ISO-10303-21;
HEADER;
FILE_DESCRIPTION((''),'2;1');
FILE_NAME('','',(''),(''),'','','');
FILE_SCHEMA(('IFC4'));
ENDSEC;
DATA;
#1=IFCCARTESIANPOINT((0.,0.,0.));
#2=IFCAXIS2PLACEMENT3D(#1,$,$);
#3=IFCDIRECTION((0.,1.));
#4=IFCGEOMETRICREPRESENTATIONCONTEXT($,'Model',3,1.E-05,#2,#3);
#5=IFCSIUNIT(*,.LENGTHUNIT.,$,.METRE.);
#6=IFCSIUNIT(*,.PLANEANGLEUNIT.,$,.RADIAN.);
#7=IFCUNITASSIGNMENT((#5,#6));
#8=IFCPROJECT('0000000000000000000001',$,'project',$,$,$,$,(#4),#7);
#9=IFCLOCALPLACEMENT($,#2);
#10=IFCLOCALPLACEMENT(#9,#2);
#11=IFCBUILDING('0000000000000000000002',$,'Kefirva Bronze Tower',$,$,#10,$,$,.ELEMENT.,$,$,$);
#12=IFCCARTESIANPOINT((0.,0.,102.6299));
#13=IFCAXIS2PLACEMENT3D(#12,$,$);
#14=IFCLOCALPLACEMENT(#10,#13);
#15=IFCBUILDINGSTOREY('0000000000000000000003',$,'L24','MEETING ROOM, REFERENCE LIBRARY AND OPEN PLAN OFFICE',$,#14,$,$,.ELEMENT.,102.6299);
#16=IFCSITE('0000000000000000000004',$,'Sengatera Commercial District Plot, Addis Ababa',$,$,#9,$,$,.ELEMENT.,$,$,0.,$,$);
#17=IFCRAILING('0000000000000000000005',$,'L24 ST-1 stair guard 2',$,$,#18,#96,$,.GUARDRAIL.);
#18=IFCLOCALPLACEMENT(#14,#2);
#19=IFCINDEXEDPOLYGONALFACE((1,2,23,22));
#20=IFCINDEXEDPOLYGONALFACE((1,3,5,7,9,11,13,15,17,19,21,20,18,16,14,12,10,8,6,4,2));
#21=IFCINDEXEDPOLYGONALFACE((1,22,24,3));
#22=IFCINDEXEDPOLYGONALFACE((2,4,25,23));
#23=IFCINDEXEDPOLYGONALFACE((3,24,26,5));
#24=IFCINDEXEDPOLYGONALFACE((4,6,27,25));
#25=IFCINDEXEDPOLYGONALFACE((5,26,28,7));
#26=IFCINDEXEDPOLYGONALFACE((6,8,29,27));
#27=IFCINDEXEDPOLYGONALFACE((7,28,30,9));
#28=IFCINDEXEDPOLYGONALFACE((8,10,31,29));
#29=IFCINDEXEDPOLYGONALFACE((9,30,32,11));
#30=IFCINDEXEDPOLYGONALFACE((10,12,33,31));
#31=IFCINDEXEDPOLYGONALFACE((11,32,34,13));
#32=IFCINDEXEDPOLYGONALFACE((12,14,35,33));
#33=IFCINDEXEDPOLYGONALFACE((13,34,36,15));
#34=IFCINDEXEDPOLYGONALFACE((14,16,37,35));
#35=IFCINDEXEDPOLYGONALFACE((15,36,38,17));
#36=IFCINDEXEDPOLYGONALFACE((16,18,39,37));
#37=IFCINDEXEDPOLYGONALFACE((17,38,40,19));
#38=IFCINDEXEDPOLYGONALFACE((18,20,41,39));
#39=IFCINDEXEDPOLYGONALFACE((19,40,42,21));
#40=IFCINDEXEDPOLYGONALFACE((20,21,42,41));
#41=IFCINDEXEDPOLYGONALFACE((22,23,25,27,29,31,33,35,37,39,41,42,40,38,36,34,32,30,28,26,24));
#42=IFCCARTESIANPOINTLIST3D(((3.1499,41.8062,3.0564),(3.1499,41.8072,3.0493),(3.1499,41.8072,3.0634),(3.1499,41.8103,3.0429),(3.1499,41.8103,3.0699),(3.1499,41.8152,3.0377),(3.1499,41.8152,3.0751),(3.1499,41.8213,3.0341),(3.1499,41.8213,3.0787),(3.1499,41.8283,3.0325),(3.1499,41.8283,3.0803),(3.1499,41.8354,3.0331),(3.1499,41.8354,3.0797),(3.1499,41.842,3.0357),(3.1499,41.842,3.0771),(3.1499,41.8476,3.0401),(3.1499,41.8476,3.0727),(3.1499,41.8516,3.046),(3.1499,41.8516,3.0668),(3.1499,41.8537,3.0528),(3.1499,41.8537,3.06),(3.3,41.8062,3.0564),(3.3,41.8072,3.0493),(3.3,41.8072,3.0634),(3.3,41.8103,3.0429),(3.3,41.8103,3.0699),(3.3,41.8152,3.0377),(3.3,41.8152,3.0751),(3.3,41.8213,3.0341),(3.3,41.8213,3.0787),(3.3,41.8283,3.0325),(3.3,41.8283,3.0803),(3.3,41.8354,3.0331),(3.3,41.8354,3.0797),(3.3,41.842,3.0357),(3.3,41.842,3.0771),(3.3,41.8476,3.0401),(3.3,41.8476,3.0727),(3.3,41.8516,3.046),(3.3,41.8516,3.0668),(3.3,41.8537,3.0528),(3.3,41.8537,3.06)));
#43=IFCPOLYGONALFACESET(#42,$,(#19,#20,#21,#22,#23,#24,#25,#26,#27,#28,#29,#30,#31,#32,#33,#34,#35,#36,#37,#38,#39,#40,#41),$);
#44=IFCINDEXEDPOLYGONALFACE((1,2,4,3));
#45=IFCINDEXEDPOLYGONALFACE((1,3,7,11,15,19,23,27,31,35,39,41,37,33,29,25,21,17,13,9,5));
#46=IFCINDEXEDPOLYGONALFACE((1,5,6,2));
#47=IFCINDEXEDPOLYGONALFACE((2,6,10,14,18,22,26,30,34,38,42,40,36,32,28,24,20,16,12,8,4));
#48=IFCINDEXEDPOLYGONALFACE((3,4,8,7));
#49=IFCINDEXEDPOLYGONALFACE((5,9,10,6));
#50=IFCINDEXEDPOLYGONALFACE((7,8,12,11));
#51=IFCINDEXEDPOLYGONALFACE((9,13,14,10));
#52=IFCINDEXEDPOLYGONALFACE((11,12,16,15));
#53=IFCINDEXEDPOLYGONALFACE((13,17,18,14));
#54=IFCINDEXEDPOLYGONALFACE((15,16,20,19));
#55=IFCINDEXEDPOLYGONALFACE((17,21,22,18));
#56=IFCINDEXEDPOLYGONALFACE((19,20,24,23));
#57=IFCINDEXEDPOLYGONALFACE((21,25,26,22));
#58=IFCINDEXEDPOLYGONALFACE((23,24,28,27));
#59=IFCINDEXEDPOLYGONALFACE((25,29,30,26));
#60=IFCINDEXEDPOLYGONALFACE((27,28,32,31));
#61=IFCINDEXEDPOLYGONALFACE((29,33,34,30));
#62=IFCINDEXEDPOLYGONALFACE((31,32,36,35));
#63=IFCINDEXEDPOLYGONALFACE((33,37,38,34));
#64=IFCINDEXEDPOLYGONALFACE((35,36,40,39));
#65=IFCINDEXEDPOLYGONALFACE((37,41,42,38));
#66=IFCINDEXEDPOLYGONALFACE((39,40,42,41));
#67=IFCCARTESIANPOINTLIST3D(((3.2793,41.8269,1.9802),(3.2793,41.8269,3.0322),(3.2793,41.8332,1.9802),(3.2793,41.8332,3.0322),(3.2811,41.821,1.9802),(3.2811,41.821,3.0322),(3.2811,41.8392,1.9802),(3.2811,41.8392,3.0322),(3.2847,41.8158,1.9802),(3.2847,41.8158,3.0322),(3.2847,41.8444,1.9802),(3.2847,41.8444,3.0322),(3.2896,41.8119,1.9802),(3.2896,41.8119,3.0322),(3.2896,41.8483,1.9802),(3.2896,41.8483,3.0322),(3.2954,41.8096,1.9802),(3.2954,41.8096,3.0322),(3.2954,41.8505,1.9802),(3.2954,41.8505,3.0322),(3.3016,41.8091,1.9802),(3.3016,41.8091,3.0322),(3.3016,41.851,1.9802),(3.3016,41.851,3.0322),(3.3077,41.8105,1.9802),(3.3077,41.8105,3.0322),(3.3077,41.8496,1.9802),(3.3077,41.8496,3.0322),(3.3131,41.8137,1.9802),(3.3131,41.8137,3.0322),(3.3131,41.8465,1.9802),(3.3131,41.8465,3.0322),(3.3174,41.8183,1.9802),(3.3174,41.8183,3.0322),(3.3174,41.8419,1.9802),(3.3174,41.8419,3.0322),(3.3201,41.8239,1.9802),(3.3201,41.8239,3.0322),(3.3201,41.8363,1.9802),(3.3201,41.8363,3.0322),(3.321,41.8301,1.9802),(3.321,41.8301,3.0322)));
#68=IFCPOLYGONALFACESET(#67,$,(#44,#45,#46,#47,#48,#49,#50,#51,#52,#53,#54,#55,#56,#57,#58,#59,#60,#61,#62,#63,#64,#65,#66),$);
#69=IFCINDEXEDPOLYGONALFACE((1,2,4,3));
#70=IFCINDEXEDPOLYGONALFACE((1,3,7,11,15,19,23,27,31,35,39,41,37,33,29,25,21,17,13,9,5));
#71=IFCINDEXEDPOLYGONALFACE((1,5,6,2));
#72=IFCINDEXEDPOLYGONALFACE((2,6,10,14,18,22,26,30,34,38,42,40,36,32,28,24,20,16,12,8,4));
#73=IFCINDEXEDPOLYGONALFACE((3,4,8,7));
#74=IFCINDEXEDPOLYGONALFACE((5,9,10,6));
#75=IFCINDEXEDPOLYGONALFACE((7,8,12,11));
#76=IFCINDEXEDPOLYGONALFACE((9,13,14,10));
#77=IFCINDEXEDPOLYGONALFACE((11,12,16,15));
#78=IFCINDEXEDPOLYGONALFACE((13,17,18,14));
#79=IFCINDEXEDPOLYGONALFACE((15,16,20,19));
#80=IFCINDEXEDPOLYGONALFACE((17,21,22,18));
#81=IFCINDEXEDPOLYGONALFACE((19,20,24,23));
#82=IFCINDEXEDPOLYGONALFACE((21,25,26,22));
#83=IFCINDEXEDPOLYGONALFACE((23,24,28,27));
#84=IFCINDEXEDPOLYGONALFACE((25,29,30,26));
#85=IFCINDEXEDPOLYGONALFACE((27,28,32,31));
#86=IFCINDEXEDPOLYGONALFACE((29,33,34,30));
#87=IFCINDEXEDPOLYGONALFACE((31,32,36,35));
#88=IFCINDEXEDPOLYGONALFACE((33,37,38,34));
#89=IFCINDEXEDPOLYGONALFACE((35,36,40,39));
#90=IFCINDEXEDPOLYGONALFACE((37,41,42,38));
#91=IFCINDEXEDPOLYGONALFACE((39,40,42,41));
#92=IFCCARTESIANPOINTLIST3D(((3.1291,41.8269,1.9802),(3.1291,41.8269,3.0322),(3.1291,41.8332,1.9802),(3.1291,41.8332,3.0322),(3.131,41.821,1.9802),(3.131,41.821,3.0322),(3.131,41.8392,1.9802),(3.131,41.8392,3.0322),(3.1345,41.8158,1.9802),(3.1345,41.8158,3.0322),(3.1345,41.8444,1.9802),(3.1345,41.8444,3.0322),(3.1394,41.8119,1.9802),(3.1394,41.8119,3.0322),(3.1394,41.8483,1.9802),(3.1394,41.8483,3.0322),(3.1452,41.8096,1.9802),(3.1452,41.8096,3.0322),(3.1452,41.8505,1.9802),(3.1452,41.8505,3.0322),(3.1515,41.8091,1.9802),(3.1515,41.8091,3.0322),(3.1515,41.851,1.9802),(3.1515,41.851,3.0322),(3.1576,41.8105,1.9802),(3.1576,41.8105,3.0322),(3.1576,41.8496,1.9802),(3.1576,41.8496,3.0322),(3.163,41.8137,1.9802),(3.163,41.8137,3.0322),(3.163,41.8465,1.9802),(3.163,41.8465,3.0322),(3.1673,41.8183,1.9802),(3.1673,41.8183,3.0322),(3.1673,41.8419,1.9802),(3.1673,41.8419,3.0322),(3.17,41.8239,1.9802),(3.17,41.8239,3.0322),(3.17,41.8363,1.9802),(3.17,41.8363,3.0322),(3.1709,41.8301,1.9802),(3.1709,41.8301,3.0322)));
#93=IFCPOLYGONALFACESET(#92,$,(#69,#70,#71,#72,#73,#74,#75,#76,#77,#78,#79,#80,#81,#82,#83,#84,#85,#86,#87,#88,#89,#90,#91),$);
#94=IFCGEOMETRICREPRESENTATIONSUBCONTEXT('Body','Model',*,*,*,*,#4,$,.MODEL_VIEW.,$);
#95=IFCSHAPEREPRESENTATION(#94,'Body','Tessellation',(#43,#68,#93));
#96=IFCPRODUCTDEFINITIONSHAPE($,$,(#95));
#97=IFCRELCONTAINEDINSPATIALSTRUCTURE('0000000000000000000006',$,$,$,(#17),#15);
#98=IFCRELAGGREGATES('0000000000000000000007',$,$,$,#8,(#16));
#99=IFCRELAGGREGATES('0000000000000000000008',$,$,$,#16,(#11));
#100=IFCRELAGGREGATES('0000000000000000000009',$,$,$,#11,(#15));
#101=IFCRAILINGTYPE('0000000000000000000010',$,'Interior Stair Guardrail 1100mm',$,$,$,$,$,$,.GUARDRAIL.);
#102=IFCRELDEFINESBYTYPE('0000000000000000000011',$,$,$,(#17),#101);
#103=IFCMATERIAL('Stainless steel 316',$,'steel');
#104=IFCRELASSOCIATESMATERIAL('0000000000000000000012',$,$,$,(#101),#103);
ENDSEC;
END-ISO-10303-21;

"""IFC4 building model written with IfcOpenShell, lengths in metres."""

from ifc_helpers import new_model, si_unit, direction, frame, origin, origin_2d, place, context, subcontext, project, spatial, circle, extrude, material, type_object, element, save


model = new_model("IFC4")

# Units and contexts
model_context = context("Model", 3, precision=1e-05, world=origin(), true_north=direction((0.0, 1.0)))
body_context = subcontext(model_context, "Body", "Model", "MODEL_VIEW")
ifc_project = project(units=[si_unit("LENGTHUNIT", "METRE"), si_unit("PLANEANGLEUNIT", "RADIAN")], contexts=[model_context])

# Site, building, storey
site_placement = place(None, origin())
site = spatial("IfcSite", under=ifc_project, at=site_placement, Name="Sengatera Commercial District Plot, Addis Ababa", CompositionType="ELEMENT", RefElevation=0.0)
building_placement = place(site_placement, origin())
building = spatial("IfcBuilding", under=site, at=building_placement, Name="Kefirva Bronze Tower", CompositionType="ELEMENT")
storey_placement = place(building_placement, frame((0.0, 0.0, 102.6299)))
storey = spatial("IfcBuildingStorey", under=building, at=storey_placement, Name="L24", Description="MEETING ROOM, REFERENCE LIBRARY AND OPEN PLAN OFFICE", CompositionType="ELEMENT", Elevation=102.6299)

# Railing
ifc_material_1 = material(Name="Stainless steel 316", Category="steel")
railing_type_1 = type_object("IfcRailingType", Name="Interior Stair Guardrail 1100mm", PredefinedType="GUARDRAIL", material=ifc_material_1)
railing_1_placement = place(storey_placement, frame((3.3, 41.8301, 1.9802)))
element("IfcRailing", 1, at=railing_1_placement, inside=storey, type_object=railing_type_1, Name="L24 ST-1 stair guard 2", PredefinedType="GUARDRAIL", context=body_context, shape_type="SweptSolid", body=[
    extrude(circle(Radius=0.0239, at=origin_2d()), frame((0.0, 0.0, 1.0762), z_axis=(-1.0, 0.0, 0.0), x_axis=(0.0, -1.0, 0.0)), (0.0, 0.0, 1.0), 0.1501),
    extrude(circle(Radius=0.021, at=origin_2d()), origin(), (0.0, 0.0, 1.0), 1.052),
    extrude(circle(Radius=0.021, at=origin_2d()), frame((-0.1501, 0.0, 0.0)), (0.0, 0.0, 1.0), 1.052),
])

save(model, "model.ifc")
